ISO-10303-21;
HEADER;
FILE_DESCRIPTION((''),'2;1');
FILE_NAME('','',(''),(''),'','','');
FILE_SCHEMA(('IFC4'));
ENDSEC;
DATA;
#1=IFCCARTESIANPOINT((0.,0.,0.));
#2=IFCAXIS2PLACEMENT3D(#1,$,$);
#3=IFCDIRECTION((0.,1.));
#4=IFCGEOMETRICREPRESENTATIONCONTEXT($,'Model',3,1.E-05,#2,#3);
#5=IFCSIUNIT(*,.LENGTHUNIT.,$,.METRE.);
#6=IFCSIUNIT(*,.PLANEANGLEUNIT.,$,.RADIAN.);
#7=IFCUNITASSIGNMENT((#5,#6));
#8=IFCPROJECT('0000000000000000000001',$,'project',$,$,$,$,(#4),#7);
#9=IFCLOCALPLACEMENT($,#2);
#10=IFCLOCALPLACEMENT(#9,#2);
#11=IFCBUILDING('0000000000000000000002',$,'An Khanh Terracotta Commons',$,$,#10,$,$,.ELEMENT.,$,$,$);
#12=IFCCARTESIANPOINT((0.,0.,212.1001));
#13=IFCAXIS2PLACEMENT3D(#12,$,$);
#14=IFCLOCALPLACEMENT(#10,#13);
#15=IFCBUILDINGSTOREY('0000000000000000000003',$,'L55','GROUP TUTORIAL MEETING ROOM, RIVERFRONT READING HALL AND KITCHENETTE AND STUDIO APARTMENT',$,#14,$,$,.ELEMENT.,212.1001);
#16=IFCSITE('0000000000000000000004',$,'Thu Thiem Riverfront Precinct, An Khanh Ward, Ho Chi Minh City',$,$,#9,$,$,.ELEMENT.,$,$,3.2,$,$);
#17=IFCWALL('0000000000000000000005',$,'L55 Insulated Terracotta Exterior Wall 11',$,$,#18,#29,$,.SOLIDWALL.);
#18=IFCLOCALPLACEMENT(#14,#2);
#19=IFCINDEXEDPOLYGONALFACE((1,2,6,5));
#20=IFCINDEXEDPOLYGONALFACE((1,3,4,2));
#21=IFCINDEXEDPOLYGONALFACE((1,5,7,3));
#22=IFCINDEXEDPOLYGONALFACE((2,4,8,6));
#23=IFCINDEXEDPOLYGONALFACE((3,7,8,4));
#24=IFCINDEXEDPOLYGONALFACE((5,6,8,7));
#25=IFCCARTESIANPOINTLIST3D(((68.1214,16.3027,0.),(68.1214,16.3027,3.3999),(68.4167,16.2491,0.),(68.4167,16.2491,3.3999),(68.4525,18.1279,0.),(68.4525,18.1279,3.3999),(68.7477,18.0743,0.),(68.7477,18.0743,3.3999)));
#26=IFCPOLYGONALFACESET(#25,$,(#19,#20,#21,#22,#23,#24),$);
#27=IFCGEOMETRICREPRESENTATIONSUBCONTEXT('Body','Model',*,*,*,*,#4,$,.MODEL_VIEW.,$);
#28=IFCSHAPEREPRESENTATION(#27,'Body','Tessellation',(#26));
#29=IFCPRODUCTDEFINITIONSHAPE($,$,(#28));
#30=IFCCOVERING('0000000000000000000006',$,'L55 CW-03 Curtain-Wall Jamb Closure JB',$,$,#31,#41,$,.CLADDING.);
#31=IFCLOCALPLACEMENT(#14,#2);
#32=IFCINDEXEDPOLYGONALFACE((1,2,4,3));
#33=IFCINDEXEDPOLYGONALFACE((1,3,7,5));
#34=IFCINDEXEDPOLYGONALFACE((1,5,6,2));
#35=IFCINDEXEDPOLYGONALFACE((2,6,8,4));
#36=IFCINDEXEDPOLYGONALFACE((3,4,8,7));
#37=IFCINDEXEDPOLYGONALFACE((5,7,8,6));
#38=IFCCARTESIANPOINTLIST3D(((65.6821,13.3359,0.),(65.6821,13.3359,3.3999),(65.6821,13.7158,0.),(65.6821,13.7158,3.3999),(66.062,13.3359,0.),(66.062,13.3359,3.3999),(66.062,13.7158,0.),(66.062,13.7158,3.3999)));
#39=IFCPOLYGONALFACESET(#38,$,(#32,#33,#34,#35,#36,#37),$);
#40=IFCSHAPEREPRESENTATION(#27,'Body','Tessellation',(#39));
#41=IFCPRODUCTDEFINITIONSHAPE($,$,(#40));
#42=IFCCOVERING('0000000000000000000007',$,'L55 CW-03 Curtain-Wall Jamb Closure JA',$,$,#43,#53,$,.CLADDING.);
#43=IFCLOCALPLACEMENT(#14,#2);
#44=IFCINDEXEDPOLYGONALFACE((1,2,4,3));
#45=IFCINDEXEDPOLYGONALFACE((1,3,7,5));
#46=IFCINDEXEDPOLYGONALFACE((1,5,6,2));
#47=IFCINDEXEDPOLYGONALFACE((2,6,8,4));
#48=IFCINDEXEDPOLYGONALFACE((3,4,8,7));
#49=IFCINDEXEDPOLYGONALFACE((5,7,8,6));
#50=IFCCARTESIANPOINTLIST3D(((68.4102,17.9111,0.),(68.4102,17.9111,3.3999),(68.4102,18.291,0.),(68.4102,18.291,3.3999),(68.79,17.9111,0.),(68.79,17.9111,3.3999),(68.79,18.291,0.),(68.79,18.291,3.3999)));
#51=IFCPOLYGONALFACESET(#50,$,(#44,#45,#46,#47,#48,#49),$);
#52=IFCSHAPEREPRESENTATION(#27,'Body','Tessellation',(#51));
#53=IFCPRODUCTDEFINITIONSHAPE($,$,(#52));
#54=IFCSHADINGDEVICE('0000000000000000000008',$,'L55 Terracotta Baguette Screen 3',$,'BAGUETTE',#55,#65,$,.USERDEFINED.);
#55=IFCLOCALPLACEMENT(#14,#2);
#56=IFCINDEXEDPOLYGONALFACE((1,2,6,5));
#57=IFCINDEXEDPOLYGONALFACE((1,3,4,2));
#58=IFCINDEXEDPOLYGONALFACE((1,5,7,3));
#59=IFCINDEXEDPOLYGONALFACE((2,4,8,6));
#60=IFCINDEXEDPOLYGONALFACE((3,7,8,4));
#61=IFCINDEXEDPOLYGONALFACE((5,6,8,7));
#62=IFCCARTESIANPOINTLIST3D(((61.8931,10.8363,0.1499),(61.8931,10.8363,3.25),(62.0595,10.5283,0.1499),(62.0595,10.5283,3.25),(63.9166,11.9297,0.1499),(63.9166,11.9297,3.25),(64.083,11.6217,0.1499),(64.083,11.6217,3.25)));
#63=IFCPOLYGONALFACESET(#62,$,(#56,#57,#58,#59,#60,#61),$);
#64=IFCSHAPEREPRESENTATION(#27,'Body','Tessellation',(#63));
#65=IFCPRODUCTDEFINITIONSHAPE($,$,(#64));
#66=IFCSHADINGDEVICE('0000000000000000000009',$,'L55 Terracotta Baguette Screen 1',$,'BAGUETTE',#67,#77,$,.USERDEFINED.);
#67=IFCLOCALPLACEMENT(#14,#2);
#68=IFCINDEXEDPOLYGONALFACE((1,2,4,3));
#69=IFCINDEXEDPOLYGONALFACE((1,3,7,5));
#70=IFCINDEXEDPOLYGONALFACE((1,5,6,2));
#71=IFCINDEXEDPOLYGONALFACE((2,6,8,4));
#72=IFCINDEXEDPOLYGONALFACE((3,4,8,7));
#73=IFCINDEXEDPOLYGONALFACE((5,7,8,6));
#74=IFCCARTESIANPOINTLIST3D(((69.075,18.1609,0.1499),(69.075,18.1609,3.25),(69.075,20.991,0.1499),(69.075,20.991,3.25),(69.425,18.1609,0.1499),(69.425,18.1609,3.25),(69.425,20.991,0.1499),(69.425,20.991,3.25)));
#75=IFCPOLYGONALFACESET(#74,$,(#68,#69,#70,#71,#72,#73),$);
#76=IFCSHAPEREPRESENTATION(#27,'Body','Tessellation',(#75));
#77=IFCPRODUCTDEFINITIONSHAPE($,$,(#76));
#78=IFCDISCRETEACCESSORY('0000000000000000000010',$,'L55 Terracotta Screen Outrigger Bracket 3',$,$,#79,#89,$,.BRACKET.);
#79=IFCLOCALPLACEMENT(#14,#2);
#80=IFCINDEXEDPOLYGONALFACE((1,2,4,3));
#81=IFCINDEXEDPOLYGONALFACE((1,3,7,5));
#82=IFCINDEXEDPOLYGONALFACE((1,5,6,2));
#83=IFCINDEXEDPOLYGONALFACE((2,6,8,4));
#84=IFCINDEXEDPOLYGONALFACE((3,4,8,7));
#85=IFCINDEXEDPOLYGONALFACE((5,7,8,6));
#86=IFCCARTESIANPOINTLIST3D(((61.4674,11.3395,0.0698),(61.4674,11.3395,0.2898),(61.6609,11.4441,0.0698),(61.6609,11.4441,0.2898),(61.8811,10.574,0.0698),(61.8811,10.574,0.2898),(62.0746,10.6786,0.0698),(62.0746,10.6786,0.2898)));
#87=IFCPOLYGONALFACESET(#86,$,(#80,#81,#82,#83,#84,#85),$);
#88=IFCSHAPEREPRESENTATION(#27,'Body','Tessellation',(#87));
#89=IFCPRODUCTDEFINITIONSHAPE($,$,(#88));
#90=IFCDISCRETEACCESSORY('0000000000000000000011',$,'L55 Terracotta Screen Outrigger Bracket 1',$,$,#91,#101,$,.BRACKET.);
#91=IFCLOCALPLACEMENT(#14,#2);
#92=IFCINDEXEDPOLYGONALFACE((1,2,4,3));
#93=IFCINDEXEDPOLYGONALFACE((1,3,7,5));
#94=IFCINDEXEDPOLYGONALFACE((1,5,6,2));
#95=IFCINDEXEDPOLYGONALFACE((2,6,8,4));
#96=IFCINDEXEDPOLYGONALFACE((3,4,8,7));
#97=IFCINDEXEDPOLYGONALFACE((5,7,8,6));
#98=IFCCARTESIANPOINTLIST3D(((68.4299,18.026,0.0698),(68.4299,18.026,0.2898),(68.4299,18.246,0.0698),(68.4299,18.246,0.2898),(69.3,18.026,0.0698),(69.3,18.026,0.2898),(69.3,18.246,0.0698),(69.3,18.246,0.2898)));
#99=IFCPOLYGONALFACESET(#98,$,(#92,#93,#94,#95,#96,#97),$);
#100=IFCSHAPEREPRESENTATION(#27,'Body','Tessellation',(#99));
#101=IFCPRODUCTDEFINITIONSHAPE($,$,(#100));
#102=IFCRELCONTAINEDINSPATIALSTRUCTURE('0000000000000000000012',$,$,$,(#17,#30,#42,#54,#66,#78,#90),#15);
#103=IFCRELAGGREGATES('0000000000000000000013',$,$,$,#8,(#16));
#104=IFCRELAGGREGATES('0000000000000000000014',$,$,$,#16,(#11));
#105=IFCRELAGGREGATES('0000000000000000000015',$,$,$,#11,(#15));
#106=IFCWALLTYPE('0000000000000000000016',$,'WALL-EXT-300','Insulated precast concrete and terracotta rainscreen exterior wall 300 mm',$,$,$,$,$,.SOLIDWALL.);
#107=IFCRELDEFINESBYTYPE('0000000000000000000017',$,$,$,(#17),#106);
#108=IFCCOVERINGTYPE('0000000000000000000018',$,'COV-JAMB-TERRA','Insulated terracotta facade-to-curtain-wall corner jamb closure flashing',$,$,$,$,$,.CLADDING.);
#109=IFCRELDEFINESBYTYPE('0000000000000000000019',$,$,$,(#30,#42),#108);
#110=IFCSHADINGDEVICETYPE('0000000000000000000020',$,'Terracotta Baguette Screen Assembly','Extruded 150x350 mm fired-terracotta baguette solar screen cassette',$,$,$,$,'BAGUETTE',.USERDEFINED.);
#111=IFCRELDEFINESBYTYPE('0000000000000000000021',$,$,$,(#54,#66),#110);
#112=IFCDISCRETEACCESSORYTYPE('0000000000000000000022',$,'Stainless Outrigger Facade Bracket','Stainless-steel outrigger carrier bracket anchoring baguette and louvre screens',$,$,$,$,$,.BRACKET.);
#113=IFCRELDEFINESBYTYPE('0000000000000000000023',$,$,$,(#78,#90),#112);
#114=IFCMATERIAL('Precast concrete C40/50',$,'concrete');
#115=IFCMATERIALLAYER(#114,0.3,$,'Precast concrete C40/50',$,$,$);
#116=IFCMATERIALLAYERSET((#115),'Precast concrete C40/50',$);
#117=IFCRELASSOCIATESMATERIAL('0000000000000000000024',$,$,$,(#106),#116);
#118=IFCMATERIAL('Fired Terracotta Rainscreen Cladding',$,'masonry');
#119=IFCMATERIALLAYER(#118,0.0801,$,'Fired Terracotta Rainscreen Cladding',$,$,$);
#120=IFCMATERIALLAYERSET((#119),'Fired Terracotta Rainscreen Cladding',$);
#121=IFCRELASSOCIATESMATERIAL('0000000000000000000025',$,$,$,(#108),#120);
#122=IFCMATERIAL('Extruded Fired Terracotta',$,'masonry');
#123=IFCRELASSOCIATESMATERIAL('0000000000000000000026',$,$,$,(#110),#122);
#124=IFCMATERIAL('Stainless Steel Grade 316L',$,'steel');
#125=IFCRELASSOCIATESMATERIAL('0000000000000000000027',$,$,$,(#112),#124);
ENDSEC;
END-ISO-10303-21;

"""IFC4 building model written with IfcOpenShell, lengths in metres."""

from ifc_helpers import new_model, si_unit, direction, frame, frame_2d, origin, origin_2d, place, context, subcontext, project, spatial, rectangle, extrude, material, layer, layer_set, type_object, element, save


model = new_model("IFC4")

# Units and contexts
model_context = context("Model", 3, precision=1e-05, world=origin(), true_north=direction((0.0, 1.0)))
body_context = subcontext(model_context, "Body", "Model", "MODEL_VIEW")
ifc_project = project(units=[si_unit("LENGTHUNIT", "METRE"), si_unit("PLANEANGLEUNIT", "RADIAN")], contexts=[model_context])

# Site, building, storey
site_placement = place(None, origin())
site = spatial("IfcSite", under=ifc_project, at=site_placement, Name="Thu Thiem Riverfront Precinct, An Khanh Ward, Ho Chi Minh City", CompositionType="ELEMENT", RefElevation=3.2)
building_placement = place(site_placement, origin())
building = spatial("IfcBuilding", under=site, at=building_placement, Name="An Khanh Terracotta Commons", CompositionType="ELEMENT")
storey_placement = place(building_placement, frame((0.0, 0.0, 212.1001)))
storey = spatial("IfcBuildingStorey", under=building, at=storey_placement, Name="L55", Description="GROUP TUTORIAL MEETING ROOM, RIVERFRONT READING HALL AND KITCHENETTE AND STUDIO APARTMENT", CompositionType="ELEMENT", Elevation=212.1001)

# Wall
ifc_material_1 = material(Name="Precast concrete C40/50", Category="concrete")
ifc_layer_1 = layer(ifc_material_1, 0.3, Name="Precast concrete C40/50")
ifc_layer_set_1 = layer_set([ifc_layer_1], Name="Precast concrete C40/50")
wall_type_1 = type_object("IfcWallType", Name="WALL-EXT-300", Description="Insulated precast concrete and terracotta rainscreen exterior wall 300 mm", PredefinedType="SOLIDWALL", material=ifc_layer_set_1)
wall_1_placement = place(storey_placement, frame((68.269, 16.2759, 0.0), z_axis=(0.0, 0.0, 1.0), x_axis=(0.178468, 0.983946, 0.0)))
element("IfcWall", 1, at=wall_1_placement, inside=storey, type_object=wall_type_1, Name="L55 Insulated Terracotta Exterior Wall 11", PredefinedType="SOLIDWALL", context=body_context, shape_type="SweptSolid", body=[
    extrude(rectangle(XDim=1.855, YDim=0.3, at=frame_2d((0.9275, 0.0))), origin(), (0.0, 0.0, 1.0), 3.3999),
])

# Coverings
ifc_material_2 = material(Name="Fired Terracotta Rainscreen Cladding", Category="masonry")
ifc_layer_2 = layer(ifc_material_2, 0.0801, Name="Fired Terracotta Rainscreen Cladding")
ifc_layer_set_2 = layer_set([ifc_layer_2], Name="Fired Terracotta Rainscreen Cladding")
covering_type = type_object("IfcCoveringType", Name="COV-JAMB-TERRA", Description="Insulated terracotta facade-to-curtain-wall corner jamb closure flashing", PredefinedType="CLADDING", material=ifc_layer_set_2)
for number, where, z_axis, x_axis, name in (
    (2, (65.8721, 13.5259, 0.0), (0.0, 0.0, 1.0), (1.0, 0.0, 0.0), "L55 CW-03 Curtain-Wall Jamb Closure JB"),
    (3, (68.6001, 18.1011, 0.0), (0.0, 0.0, 1.0), (1.0, 0.0, 0.0), "L55 CW-03 Curtain-Wall Jamb Closure JA"),
):
    element("IfcCovering", number, at=place(storey_placement, frame(where, z_axis=z_axis, x_axis=x_axis)), inside=storey, type_object=covering_type, Name=name, PredefinedType="CLADDING", context=body_context, shape_type="SweptSolid", body=[
        extrude(rectangle(XDim=0.3799, YDim=0.3799, at=origin_2d()), origin(), (0.0, 0.0, 1.0), 3.3999),
    ])

# Shading devices
ifc_material_3 = material(Name="Extruded Fired Terracotta", Category="masonry")
shading_device_type = type_object("IfcShadingDeviceType", Name="Terracotta Baguette Screen Assembly", Description="Extruded 150x350 mm fired-terracotta baguette solar screen cassette", ElementType="BAGUETTE", PredefinedType="USERDEFINED", material=ifc_material_3)
shading_device_1_placement = place(storey_placement, frame((62.988, 11.229, 0.1499), z_axis=(0.0, 0.0, 1.0), x_axis=(0.87978, 0.475381, 0.0)))
element("IfcShadingDevice", 4, at=shading_device_1_placement, inside=storey, type_object=shading_device_type, Name="L55 Terracotta Baguette Screen 3", ObjectType="BAGUETTE", PredefinedType="USERDEFINED", context=body_context, shape_type="SweptSolid", body=[
    extrude(rectangle(XDim=2.3, YDim=0.3501, at=origin_2d()), origin(), (0.0, 0.0, 1.0), 3.1001),
])
shading_device_2_placement = place(storey_placement, frame((69.25, 19.5759, 0.1499), z_axis=(0.0, 0.0, 1.0), x_axis=(0.0, 1.0, 0.0)))
element("IfcShadingDevice", 5, at=shading_device_2_placement, inside=storey, type_object=shading_device_type, Name="L55 Terracotta Baguette Screen 1", ObjectType="BAGUETTE", PredefinedType="USERDEFINED", context=body_context, shape_type="SweptSolid", body=[
    extrude(rectangle(XDim=2.8301, YDim=0.3501, at=origin_2d()), origin(), (0.0, 0.0, 1.0), 3.1001),
])

# Discrete accessories
ifc_material_4 = material(Name="Stainless Steel Grade 316L", Category="steel")
discrete_accessory_type = type_object("IfcDiscreteAccessoryType", Name="Stainless Outrigger Facade Bracket", Description="Stainless-steel outrigger carrier bracket anchoring baguette and louvre screens", PredefinedType="BRACKET", material=ifc_material_4)
for number, where, z_axis, x_axis, name in (
    (6, (61.771, 11.009, 0.0698), (0.0, 0.0, 1.0), (0.87978, 0.475381, 0.0), "L55 Terracotta Screen Outrigger Bracket 3"),
    (7, (68.865, 18.136, 0.0698), (0.0, 0.0, 1.0), (0.0, 1.0, 0.0), "L55 Terracotta Screen Outrigger Bracket 1"),
):
    element("IfcDiscreteAccessory", number, at=place(storey_placement, frame(where, z_axis=z_axis, x_axis=x_axis)), inside=storey, type_object=discrete_accessory_type, Name=name, PredefinedType="BRACKET", context=body_context, shape_type="SweptSolid", body=[
        extrude(rectangle(XDim=0.22, YDim=0.8701, at=origin_2d()), origin(), (0.0, 0.0, 1.0), 0.22),
    ])

save(model, "model.ifc")
